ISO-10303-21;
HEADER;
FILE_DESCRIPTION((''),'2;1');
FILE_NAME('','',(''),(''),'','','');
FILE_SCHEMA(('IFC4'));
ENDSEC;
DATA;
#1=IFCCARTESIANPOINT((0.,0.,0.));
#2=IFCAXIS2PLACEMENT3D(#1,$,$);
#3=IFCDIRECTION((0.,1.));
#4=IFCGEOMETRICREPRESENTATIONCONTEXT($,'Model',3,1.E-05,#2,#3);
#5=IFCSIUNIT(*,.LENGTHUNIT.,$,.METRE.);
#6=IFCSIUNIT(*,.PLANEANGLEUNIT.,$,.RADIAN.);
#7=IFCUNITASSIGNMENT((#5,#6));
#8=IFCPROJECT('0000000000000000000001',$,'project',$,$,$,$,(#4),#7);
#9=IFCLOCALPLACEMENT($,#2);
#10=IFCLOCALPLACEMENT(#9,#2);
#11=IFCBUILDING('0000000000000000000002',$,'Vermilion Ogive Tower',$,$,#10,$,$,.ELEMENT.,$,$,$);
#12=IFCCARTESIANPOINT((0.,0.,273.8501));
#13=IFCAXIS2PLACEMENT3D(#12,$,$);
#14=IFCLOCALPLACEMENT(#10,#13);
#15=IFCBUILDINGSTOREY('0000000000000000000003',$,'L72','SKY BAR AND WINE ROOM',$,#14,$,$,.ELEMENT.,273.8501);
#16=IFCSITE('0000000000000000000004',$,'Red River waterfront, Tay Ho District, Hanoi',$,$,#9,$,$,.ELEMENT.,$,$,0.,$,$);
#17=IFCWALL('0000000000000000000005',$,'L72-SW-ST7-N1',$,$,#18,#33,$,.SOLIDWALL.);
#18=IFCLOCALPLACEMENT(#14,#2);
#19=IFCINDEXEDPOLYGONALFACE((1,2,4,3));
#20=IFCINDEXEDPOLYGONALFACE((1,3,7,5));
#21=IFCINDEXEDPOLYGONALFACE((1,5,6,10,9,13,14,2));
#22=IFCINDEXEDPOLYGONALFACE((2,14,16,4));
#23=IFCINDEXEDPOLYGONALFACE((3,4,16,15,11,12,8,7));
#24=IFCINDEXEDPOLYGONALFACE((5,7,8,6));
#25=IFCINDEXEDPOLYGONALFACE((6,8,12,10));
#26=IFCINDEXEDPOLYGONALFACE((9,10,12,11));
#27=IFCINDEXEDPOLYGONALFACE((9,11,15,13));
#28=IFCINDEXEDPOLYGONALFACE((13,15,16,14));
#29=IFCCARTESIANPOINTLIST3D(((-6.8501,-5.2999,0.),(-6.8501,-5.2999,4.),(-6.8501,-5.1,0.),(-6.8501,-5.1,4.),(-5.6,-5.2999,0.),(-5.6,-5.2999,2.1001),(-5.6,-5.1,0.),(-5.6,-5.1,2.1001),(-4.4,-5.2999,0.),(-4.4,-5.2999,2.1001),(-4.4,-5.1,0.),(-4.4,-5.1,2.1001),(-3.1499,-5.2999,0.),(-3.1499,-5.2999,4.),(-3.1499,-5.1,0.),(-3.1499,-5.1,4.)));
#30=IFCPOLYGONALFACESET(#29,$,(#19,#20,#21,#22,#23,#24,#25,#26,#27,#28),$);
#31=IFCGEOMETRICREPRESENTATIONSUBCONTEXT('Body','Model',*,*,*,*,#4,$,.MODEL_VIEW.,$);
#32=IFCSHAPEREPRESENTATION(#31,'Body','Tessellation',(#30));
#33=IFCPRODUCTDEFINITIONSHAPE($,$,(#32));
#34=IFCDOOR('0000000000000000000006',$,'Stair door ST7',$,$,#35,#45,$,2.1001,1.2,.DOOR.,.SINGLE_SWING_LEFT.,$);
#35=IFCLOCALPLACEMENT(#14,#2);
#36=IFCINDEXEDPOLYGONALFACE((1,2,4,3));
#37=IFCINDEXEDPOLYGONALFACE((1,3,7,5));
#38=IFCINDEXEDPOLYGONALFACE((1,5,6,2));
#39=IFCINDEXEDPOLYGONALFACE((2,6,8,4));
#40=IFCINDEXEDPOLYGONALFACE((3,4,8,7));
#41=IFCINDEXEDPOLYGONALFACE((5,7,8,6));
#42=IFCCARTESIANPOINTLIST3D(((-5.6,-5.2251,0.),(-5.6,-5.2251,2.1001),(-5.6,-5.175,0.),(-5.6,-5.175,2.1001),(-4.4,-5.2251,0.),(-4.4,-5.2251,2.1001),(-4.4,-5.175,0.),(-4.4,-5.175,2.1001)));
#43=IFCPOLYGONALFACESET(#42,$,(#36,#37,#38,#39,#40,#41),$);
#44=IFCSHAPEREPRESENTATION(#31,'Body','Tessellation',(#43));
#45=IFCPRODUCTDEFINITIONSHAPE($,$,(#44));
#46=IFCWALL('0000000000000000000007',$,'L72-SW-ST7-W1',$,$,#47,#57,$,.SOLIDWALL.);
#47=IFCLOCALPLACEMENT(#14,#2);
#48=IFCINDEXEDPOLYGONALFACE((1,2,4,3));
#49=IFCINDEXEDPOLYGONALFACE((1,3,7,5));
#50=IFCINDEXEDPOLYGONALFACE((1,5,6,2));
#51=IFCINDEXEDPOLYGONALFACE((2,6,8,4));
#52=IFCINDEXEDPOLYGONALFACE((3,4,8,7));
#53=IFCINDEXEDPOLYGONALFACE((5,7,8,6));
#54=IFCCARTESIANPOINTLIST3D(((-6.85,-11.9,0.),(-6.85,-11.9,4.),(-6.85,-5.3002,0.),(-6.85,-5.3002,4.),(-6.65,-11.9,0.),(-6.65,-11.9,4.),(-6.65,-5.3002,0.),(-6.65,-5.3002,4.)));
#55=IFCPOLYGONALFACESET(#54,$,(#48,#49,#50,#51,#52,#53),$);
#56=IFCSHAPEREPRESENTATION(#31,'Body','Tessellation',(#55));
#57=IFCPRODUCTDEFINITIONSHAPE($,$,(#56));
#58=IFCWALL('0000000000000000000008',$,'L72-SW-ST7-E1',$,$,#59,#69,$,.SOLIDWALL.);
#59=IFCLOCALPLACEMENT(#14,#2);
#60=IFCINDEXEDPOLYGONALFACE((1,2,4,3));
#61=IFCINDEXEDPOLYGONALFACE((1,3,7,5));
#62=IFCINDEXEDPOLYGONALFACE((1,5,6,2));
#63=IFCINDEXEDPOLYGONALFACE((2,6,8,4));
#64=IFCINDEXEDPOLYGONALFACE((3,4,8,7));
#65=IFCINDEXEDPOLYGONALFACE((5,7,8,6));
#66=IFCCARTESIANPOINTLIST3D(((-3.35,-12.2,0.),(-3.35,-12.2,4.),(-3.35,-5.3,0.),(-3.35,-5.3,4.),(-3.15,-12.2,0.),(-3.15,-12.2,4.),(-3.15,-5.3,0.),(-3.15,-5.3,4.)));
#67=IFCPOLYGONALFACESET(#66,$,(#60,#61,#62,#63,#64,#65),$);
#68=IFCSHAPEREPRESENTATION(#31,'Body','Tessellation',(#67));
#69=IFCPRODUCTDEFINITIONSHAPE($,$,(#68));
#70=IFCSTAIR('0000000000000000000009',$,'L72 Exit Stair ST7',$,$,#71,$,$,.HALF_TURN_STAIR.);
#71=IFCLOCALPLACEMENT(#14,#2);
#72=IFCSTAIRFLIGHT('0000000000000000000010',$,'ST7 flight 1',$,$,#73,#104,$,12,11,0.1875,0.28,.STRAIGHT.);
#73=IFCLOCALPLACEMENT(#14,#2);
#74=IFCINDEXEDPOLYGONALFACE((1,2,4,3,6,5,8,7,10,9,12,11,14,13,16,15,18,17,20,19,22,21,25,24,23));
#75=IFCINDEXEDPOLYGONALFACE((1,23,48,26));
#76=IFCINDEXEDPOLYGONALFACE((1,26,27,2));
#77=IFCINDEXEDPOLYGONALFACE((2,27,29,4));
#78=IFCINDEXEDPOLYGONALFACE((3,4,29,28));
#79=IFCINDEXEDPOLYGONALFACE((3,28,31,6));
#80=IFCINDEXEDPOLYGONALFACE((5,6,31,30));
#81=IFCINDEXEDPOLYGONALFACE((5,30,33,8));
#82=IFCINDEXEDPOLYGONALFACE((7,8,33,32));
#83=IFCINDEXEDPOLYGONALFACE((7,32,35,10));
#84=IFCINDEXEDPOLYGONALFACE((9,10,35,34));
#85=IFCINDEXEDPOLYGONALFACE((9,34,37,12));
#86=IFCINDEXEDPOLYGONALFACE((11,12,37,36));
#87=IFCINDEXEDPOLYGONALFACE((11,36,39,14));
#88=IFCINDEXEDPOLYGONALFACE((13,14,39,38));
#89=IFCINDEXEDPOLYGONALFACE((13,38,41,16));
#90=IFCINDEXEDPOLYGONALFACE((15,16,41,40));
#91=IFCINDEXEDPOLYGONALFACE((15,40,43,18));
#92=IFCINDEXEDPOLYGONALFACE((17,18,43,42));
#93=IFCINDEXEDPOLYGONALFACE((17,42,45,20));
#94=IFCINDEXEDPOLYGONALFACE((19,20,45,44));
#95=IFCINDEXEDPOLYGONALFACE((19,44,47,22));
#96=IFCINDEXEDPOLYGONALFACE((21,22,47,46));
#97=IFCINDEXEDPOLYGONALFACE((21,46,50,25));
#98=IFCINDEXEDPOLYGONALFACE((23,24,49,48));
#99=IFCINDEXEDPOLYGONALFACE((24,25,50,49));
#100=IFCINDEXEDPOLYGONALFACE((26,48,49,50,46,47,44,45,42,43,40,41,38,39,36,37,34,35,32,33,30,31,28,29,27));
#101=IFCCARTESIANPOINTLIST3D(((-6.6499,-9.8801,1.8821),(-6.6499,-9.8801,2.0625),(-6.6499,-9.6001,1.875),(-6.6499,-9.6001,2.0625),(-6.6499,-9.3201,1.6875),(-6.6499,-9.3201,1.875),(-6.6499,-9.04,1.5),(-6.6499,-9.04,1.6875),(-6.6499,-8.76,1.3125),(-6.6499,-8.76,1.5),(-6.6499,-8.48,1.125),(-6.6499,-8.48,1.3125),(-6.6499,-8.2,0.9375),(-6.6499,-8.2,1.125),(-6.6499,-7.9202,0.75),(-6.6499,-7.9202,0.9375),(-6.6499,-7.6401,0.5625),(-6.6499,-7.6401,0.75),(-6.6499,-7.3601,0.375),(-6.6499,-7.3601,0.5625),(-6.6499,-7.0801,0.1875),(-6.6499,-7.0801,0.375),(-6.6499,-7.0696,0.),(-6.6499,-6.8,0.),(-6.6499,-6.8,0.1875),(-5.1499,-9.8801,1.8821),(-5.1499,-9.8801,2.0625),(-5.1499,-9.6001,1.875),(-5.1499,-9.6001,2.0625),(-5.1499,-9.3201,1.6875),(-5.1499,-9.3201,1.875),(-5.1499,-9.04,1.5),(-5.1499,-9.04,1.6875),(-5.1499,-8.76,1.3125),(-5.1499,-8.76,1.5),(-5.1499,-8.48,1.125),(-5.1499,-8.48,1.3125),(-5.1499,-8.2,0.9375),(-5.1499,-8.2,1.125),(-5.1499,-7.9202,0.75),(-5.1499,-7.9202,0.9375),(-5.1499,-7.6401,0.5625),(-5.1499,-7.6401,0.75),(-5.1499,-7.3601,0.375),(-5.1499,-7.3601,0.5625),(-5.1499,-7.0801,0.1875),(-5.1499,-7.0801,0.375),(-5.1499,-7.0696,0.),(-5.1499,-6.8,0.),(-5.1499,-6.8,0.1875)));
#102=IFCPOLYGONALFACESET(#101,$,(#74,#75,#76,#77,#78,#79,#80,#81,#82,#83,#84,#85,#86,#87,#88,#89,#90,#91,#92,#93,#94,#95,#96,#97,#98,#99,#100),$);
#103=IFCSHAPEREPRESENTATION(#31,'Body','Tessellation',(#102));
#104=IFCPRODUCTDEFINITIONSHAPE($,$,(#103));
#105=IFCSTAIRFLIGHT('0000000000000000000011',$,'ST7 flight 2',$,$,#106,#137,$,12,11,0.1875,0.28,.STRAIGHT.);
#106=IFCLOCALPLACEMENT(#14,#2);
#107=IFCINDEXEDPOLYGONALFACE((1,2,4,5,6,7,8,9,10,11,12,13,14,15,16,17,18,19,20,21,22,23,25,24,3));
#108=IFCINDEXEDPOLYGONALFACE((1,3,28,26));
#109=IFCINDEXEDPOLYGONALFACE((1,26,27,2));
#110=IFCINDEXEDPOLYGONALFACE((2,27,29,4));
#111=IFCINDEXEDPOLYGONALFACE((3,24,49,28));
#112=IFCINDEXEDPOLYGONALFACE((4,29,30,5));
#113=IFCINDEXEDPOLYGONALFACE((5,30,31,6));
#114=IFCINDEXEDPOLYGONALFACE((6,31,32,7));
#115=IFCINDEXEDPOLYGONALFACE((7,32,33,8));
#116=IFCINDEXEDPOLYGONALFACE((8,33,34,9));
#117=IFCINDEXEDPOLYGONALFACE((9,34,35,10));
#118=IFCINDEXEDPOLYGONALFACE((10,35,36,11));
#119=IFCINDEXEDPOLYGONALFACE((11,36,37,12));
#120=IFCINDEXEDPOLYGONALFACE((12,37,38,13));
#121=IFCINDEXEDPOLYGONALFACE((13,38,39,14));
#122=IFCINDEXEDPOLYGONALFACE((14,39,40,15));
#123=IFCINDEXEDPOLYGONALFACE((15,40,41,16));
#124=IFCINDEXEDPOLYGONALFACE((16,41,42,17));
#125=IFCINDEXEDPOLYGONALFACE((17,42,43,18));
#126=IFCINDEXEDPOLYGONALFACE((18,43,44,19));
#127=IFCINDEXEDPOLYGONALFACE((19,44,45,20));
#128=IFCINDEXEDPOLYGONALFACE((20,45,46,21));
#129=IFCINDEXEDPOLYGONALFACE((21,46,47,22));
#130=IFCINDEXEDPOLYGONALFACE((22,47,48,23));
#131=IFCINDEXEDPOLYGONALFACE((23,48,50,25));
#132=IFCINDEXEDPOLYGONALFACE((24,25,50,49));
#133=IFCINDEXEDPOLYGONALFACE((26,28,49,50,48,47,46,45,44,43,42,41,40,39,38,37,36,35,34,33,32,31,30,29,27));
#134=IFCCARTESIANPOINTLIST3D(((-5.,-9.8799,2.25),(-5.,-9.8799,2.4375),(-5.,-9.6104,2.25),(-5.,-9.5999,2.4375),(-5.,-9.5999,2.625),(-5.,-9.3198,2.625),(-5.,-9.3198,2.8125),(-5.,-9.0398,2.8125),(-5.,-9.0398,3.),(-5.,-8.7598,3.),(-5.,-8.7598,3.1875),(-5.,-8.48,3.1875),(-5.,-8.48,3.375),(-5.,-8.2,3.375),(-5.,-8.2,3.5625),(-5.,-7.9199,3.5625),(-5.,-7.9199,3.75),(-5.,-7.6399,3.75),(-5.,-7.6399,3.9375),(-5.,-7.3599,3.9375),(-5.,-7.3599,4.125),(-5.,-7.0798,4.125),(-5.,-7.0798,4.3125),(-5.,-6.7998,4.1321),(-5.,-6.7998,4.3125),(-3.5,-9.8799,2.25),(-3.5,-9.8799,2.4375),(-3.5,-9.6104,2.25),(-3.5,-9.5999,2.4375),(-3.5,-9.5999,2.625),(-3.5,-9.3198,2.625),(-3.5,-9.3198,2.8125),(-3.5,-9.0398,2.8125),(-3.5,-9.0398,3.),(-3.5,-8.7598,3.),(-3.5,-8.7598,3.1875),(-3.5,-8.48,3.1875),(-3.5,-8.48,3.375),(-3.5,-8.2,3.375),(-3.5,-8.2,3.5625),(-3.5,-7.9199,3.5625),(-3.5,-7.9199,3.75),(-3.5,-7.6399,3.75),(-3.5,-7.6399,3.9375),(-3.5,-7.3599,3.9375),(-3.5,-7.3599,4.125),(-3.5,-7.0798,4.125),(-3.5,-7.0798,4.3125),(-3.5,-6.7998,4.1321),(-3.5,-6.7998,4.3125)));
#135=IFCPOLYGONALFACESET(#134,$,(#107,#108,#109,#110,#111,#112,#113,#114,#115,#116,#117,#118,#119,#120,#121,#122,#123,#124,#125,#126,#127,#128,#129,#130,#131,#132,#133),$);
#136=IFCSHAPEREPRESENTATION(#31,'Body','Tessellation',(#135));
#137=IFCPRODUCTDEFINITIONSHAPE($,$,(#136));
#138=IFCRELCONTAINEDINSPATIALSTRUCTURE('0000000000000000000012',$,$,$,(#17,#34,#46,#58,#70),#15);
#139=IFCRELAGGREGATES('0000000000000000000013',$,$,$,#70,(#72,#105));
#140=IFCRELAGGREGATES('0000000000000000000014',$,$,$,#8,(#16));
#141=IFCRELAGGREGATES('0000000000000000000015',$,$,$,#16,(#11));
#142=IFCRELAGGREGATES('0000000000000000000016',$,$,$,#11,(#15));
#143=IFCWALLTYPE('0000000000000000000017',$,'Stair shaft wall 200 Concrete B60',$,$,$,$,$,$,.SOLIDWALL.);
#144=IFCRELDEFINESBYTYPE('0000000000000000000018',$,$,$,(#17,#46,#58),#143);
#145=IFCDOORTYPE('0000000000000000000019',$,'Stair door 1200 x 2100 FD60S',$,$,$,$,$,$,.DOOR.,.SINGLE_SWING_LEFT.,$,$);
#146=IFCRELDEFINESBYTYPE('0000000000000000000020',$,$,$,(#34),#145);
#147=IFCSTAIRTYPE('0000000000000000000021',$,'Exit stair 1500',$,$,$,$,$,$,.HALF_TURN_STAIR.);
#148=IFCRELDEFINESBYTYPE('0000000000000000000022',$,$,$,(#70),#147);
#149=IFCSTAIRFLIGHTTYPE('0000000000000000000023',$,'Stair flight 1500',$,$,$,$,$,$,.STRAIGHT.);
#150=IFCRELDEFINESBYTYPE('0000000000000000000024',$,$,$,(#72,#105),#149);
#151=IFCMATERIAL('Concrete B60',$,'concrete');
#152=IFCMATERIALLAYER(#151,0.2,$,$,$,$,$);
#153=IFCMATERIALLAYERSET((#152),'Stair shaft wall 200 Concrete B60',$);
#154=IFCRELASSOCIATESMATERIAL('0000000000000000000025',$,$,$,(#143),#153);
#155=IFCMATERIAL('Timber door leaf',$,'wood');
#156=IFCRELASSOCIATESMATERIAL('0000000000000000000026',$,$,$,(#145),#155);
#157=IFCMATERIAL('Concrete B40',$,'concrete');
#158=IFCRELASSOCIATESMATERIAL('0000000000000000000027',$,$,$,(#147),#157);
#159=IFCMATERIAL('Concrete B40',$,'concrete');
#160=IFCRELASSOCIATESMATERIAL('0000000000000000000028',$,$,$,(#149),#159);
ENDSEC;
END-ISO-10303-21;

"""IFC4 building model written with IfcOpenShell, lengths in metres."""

from ifc_helpers import new_model, si_unit, direction, frame, frame_2d, origin, place, context, subcontext, project, spatial, polyline, rectangle, outline, extrude, material, layer, layer_set, type_object, element, fill, aggregate, save


model = new_model("IFC4")

# Units and contexts
model_context = context("Model", 3, precision=1e-05, world=origin(), true_north=direction((0.0, 1.0)))
body_context = subcontext(model_context, "Body", "Model", "MODEL_VIEW")
ifc_project = project(units=[si_unit("LENGTHUNIT", "METRE"), si_unit("PLANEANGLEUNIT", "RADIAN")], contexts=[model_context])

# Site, building, storey
site_placement = place(None, origin())
site = spatial("IfcSite", under=ifc_project, at=site_placement, Name="Red River waterfront, Tay Ho District, Hanoi", CompositionType="ELEMENT", RefElevation=0.0)
building_placement = place(site_placement, origin())
building = spatial("IfcBuilding", under=site, at=building_placement, Name="Vermilion Ogive Tower", CompositionType="ELEMENT")
storey_placement = place(building_placement, frame((0.0, 0.0, 273.8501)))
storey = spatial("IfcBuildingStorey", under=building, at=storey_placement, Name="L72", Description="SKY BAR AND WINE ROOM", CompositionType="ELEMENT", Elevation=273.8501)

# Shared definitions
ifc_material_1 = material(Name="Concrete B60", Category="concrete")
ifc_layer_1 = layer(ifc_material_1, 0.2)
ifc_layer_set_1 = layer_set([ifc_layer_1], Name="Stair shaft wall 200 Concrete B60")
wall_type_1 = type_object("IfcWallType", Name="Stair shaft wall 200 Concrete B60", PredefinedType="SOLIDWALL", material=ifc_layer_set_1)

# Wall, opening, door
wall_1_placement = place(storey_placement, frame((-6.8501, -5.2, 0.0), z_axis=(0.0, 0.0, 1.0), x_axis=(1.0, 0.0, 0.0)))
wall_1 = element("IfcWall", 1, at=wall_1_placement, inside=storey, type_object=wall_type_1, Name="L72-SW-ST7-N1", PredefinedType="SOLIDWALL", context=body_context, shape_type="SweptSolid", body=[
    extrude(rectangle(XDim=3.7002, YDim=0.2, at=frame_2d((1.8501, 0.0))), origin(), (0.0, 0.0, 1.0), 4.0),
])
opening_placement = place(wall_1_placement, frame((1.25, 0.0, 0.0)))
opening = element("IfcOpeningElement", 2, at=opening_placement, cuts=wall_1, PredefinedType="OPENING", context=body_context, shape_type="SweptSolid", body=[
    extrude(rectangle(XDim=1.2, YDim=2.1001, at=frame_2d((0.6001, 1.05))), frame((0.0, 0.1099, 0.0), z_axis=(0.0, -1.0, 0.0), x_axis=(1.0, 0.0, 0.0)), (0.0, 0.0, 1.0), 0.22),
])
ifc_material_2 = material(Name="Timber door leaf", Category="wood")
door_type = type_object("IfcDoorType", Name="Stair door 1200 x 2100 FD60S", OperationType="SINGLE_SWING_LEFT", PredefinedType="DOOR", material=ifc_material_2)
door_placement = place(opening_placement, origin())
door = element("IfcDoor", 3, at=door_placement, inside=storey, type_object=door_type, Name="Stair door ST7", OperationType="SINGLE_SWING_LEFT", OverallHeight=2.1001, OverallWidth=1.2, PredefinedType="DOOR", context=body_context, shape_type="SweptSolid", body=[
    extrude(rectangle(XDim=1.2, YDim=2.1001, at=frame_2d((0.6001, 1.05))), frame((0.0, 0.0249, 0.0), z_axis=(0.0, -1.0, 0.0), x_axis=(1.0, 0.0, 0.0)), (0.0, 0.0, 1.0), 0.05),
])
fill(opening, door)

# Walls
wall_2_placement = place(storey_placement, frame((-6.75, -11.8999, 0.0), z_axis=(0.0, 0.0, 1.0), x_axis=(0.0, 1.0, 0.0)))
element("IfcWall", 4, at=wall_2_placement, inside=storey, type_object=wall_type_1, Name="L72-SW-ST7-W1", PredefinedType="SOLIDWALL", context=body_context, shape_type="SweptSolid", body=[
    extrude(rectangle(XDim=6.5999, YDim=0.2, at=frame_2d((3.2998, 0.0))), origin(), (0.0, 0.0, 1.0), 4.0),
])
wall_3_placement = place(storey_placement, frame((-3.25, -12.2, 0.0), z_axis=(0.0, 0.0, 1.0), x_axis=(0.0, 1.0, 0.0)))
element("IfcWall", 5, at=wall_3_placement, inside=storey, type_object=wall_type_1, Name="L72-SW-ST7-E1", PredefinedType="SOLIDWALL", context=body_context, shape_type="SweptSolid", body=[
    extrude(rectangle(XDim=6.8999, YDim=0.2, at=frame_2d((3.45, 0.0))), origin(), (0.0, 0.0, 1.0), 4.0),
])

# Stair, stair flights
ifc_material_3 = material(Name="Concrete B40", Category="concrete")
stair_type = type_object("IfcStairType", Name="Exit stair 1500", PredefinedType="HALF_TURN_STAIR", material=ifc_material_3)
stair_placement = place(storey_placement, origin())
stair = element("IfcStair", 6, at=stair_placement, inside=storey, type_object=stair_type, Name="L72 Exit Stair ST7", PredefinedType="HALF_TURN_STAIR")
ifc_material_4 = material(Name="Concrete B40", Category="concrete")
stair_flight_type = type_object("IfcStairFlightType", Name="Stair flight 1500", PredefinedType="STRAIGHT", material=ifc_material_4)
stair_flight_1_placement = place(storey_placement, frame((-5.8999, -6.8, 0.0), z_axis=(0.0, 0.0, 1.0), x_axis=(0.0, -1.0, 0.0)))
stair_flight_1 = element("IfcStairFlight", 7, at=stair_flight_1_placement, type_object=stair_flight_type, Name="ST7 flight 1", NumberOfRisers=12, NumberOfTreads=11, PredefinedType="STRAIGHT", RiserHeight=0.1875, TreadLength=0.28, context=body_context, shape_type="SweptSolid", body=[
    extrude(outline(polyline([(0.0, 0.0), (0.0, 0.1875), (0.28, 0.1875), (0.28, 0.375), (0.5601, 0.375), (0.5601, 0.5625), (0.8401, 0.5625), (0.8401, 0.75), (1.1201, 0.75), (1.1201, 0.9375), (1.3999, 0.9375), (1.3999, 1.125), (1.6799, 1.125), (1.6799, 1.3125), (1.96, 1.3125), (1.96, 1.5), (2.24, 1.5), (2.24, 1.6875), (2.52, 1.6875), (2.52, 1.875), (2.8, 1.875), (2.8, 2.0625), (3.0801, 2.0625), (3.0801, 2.25), (3.0801, 1.8821), (0.2695, 0.0), (0.0, 0.0)])), frame((0.0, 0.75, 0.0), z_axis=(0.0, -1.0, 0.0), x_axis=(1.0, 0.0, 0.0)), (0.0, 0.0, 1.0), 1.5),
])
stair_flight_2_placement = place(storey_placement, frame((-4.25, -9.8799, 2.25), z_axis=(0.0, 0.0, 1.0), x_axis=(0.0, 1.0, 0.0)))
stair_flight_2 = element("IfcStairFlight", 8, at=stair_flight_2_placement, type_object=stair_flight_type, Name="ST7 flight 2", NumberOfRisers=12, NumberOfTreads=11, PredefinedType="STRAIGHT", RiserHeight=0.1875, TreadLength=0.28, context=body_context, shape_type="SweptSolid", body=[
    extrude(outline(polyline([(0.0, 0.0), (0.0, 0.1875), (0.28, 0.1875), (0.28, 0.375), (0.5601, 0.375), (0.5601, 0.5625), (0.8401, 0.5625), (0.8401, 0.75), (1.1201, 0.75), (1.1201, 0.9375), (1.3999, 0.9375), (1.3999, 1.125), (1.6799, 1.125), (1.6799, 1.3125), (1.96, 1.3125), (1.96, 1.5), (2.24, 1.5), (2.24, 1.6875), (2.52, 1.6875), (2.52, 1.875), (2.8, 1.875), (2.8, 2.0625), (3.0801, 2.0625), (3.0801, 2.25), (3.0801, 1.8821), (0.2695, 0.0), (0.0, 0.0)])), frame((0.0, 0.75, 0.0), z_axis=(0.0, -1.0, 0.0), x_axis=(1.0, 0.0, 0.0)), (0.0, 0.0, 1.0), 1.5),
])
aggregate(stair, [stair_flight_1, stair_flight_2])

save(model, "model.ifc")
